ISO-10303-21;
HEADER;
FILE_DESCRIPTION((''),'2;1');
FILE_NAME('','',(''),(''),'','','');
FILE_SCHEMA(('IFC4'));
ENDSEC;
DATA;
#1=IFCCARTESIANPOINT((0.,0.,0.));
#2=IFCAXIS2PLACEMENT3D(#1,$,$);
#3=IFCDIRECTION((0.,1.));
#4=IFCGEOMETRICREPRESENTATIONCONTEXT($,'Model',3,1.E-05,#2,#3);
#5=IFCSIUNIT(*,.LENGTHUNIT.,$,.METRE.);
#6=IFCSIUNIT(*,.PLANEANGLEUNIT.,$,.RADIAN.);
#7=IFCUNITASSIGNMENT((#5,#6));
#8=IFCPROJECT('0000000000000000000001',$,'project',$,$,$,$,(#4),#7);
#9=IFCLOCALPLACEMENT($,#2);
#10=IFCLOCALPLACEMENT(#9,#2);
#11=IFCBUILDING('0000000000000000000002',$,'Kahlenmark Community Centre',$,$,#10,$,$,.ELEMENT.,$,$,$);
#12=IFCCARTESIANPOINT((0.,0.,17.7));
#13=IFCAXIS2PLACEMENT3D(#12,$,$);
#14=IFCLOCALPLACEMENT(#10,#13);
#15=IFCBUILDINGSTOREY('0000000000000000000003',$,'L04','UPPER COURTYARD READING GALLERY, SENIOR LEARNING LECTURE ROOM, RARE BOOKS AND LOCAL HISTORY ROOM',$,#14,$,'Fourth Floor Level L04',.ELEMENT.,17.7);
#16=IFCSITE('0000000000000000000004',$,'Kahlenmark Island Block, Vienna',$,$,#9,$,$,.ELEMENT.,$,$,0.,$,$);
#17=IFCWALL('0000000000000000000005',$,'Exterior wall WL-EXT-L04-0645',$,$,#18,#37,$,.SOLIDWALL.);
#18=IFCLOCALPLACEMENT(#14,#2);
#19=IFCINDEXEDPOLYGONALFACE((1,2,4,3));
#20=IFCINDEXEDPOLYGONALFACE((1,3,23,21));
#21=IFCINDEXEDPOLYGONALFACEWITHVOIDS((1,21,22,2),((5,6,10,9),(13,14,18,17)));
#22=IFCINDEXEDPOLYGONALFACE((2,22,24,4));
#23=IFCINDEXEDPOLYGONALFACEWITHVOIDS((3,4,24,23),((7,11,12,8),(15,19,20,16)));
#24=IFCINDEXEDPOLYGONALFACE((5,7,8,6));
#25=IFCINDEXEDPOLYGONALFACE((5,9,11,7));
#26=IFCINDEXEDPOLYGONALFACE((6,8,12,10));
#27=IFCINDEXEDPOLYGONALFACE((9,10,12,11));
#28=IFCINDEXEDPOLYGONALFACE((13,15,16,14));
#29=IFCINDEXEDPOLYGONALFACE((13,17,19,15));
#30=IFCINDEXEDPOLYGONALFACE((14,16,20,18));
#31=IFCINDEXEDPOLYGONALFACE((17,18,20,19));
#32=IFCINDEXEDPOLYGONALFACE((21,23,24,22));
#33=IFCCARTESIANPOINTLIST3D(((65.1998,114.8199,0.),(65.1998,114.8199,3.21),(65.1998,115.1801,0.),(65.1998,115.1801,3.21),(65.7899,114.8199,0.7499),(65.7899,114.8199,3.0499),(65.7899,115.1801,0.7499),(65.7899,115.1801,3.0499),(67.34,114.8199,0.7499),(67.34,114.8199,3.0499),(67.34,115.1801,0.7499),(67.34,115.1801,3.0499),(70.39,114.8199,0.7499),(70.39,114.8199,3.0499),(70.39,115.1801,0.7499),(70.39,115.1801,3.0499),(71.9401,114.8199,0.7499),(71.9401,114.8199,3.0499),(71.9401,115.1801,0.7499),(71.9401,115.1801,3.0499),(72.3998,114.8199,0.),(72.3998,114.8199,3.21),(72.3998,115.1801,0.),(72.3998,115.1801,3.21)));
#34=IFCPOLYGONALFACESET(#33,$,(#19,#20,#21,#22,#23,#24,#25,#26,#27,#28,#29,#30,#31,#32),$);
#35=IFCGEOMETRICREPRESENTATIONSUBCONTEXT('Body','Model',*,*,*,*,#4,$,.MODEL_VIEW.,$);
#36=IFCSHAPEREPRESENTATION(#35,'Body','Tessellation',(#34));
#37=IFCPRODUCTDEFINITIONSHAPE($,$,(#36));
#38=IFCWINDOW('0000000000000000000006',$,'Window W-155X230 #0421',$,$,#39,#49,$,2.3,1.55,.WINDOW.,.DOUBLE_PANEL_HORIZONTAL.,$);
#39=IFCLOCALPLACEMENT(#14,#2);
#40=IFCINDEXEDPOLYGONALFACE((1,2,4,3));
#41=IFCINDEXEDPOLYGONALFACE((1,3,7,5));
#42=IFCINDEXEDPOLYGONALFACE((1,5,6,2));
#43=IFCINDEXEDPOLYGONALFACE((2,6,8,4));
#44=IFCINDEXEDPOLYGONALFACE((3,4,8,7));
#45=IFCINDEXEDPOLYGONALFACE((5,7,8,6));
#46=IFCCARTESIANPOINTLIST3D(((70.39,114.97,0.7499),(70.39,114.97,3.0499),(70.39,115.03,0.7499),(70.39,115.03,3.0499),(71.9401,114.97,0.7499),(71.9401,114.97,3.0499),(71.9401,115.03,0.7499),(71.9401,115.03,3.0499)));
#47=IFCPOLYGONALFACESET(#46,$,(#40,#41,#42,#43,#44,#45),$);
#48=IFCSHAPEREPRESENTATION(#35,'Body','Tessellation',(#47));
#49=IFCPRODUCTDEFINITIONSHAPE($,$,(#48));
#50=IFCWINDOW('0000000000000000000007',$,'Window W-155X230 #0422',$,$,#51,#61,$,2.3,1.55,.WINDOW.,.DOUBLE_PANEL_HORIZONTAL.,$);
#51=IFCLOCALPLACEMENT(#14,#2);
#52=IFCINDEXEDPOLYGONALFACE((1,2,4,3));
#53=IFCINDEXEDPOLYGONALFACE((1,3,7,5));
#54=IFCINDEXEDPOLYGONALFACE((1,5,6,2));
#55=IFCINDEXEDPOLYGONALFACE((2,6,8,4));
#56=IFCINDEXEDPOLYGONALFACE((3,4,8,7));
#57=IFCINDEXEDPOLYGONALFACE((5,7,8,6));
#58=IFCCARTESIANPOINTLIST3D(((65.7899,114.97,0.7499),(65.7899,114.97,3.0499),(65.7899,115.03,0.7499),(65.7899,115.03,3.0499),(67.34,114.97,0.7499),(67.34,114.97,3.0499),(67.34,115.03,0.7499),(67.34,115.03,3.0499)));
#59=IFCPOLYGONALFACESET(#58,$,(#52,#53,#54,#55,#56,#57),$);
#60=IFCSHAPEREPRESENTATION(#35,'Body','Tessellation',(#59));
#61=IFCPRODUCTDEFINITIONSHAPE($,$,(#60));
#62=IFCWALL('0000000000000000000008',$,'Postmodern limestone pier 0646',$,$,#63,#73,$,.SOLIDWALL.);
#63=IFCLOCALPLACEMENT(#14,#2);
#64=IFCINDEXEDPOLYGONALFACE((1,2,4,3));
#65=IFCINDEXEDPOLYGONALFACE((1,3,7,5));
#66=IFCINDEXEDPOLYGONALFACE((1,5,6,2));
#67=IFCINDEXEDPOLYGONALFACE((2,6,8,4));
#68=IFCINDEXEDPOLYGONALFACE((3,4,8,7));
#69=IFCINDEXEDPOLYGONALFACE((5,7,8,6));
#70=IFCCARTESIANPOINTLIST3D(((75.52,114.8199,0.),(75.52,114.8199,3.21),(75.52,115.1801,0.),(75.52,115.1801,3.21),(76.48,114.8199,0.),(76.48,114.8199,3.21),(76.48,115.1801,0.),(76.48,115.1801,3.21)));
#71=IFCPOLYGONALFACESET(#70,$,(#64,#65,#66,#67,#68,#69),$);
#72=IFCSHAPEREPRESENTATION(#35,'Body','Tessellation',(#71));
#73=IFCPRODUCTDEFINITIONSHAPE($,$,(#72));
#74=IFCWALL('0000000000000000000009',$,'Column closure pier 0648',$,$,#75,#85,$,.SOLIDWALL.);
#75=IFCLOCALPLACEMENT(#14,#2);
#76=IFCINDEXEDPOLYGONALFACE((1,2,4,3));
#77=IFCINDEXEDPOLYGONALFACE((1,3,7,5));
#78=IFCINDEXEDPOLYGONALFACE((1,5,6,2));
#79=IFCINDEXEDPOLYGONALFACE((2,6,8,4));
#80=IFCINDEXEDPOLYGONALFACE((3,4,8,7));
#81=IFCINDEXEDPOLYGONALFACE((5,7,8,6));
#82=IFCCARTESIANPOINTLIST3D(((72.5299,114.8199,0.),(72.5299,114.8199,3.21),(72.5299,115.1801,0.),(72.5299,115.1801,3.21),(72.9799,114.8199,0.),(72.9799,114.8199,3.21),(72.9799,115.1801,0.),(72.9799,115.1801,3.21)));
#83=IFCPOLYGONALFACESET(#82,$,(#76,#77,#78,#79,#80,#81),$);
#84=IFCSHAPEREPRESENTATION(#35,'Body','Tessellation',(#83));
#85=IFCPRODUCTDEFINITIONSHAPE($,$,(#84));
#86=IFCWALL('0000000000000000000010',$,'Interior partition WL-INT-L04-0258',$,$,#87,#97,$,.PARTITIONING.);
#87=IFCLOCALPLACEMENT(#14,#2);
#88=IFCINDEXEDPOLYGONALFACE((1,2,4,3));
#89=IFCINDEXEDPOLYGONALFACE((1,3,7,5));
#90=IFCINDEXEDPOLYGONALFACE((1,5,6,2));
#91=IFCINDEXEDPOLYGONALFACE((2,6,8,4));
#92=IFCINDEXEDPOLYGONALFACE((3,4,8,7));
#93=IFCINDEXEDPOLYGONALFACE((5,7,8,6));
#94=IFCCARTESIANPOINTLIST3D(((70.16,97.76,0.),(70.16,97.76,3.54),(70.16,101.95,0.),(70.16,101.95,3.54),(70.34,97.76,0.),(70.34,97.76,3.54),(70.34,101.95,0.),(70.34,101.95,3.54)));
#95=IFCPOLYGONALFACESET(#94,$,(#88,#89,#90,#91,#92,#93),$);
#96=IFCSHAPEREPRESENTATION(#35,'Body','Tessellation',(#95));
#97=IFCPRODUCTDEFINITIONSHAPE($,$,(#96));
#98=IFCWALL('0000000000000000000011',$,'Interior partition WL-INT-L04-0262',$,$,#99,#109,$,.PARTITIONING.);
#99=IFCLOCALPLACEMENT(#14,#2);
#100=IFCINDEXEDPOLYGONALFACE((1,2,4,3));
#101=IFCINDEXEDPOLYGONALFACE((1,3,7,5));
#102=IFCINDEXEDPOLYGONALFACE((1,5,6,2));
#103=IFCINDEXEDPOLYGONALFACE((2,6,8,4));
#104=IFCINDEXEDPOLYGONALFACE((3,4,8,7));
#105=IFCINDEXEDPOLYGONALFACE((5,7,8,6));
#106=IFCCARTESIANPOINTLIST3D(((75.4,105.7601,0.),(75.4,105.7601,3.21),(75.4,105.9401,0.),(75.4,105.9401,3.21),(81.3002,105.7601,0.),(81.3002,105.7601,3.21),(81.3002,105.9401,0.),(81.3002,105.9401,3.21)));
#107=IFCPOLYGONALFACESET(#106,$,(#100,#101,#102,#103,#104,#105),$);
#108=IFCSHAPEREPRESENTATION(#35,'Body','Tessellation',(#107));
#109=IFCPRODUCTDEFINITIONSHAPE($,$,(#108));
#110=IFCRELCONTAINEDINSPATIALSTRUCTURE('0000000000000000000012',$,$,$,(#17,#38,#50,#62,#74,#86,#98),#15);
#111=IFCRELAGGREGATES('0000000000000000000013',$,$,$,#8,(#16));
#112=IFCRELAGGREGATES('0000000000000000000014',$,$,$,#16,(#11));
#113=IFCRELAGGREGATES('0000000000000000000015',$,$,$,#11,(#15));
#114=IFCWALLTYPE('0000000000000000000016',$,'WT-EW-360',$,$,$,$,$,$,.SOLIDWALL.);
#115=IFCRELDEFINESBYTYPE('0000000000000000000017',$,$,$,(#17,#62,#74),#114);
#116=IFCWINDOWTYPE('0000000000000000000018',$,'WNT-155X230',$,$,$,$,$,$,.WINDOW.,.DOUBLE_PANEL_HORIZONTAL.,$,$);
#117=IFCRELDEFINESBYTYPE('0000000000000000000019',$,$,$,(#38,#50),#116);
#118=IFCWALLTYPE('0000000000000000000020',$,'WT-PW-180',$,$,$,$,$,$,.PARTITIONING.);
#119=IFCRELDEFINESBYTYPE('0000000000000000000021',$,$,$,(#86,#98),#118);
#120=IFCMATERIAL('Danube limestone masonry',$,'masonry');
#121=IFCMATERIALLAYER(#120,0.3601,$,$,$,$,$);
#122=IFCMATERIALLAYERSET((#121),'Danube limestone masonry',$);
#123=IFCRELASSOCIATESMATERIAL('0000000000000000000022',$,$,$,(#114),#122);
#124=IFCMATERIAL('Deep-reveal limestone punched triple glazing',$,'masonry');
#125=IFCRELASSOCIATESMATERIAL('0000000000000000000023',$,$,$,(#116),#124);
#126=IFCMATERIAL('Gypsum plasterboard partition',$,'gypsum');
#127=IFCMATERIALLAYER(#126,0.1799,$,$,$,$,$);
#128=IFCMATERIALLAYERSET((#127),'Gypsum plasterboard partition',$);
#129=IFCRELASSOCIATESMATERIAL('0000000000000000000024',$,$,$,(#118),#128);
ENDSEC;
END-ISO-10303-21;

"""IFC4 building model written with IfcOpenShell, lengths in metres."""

from ifc_helpers import new_model, si_unit, direction, frame, frame_2d, origin, place, context, subcontext, project, spatial, rectangle, extrude, material, layer, layer_set, type_object, element, fill, save


model = new_model("IFC4")

# Units and contexts
model_context = context("Model", 3, precision=1e-05, world=origin(), true_north=direction((0.0, 1.0)))
body_context = subcontext(model_context, "Body", "Model", "MODEL_VIEW")
ifc_project = project(units=[si_unit("LENGTHUNIT", "METRE"), si_unit("PLANEANGLEUNIT", "RADIAN")], contexts=[model_context])

# Site, building, storey
site_placement = place(None, origin())
site = spatial("IfcSite", under=ifc_project, at=site_placement, Name="Kahlenmark Island Block, Vienna", CompositionType="ELEMENT", RefElevation=0.0)
building_placement = place(site_placement, origin())
building = spatial("IfcBuilding", under=site, at=building_placement, Name="Kahlenmark Community Centre", CompositionType="ELEMENT")
storey_placement = place(building_placement, frame((0.0, 0.0, 17.7)))
storey = spatial("IfcBuildingStorey", under=building, at=storey_placement, Name="L04", Description="UPPER COURTYARD READING GALLERY, SENIOR LEARNING LECTURE ROOM, RARE BOOKS AND LOCAL HISTORY ROOM", LongName="Fourth Floor Level L04", CompositionType="ELEMENT", Elevation=17.7)

# Wall, openings, windows
ifc_material_1 = material(Name="Danube limestone masonry", Category="masonry")
ifc_layer_1 = layer(ifc_material_1, 0.3601)
ifc_layer_set_1 = layer_set([ifc_layer_1], Name="Danube limestone masonry")
wall_type_1 = type_object("IfcWallType", Name="WT-EW-360", PredefinedType="SOLIDWALL", material=ifc_layer_set_1)
wall_1_placement = place(storey_placement, frame((72.3999, 115.0, 0.0), z_axis=(0.0, 0.0, 1.0), x_axis=(-1.0, 0.0, 0.0)))
wall_1 = element("IfcWall", 1, at=wall_1_placement, inside=storey, type_object=wall_type_1, Name="Exterior wall WL-EXT-L04-0645", PredefinedType="SOLIDWALL", context=body_context, shape_type="SweptSolid", body=[
    extrude(rectangle(XDim=7.2, YDim=0.3601, at=frame_2d((3.6001, 0.0))), origin(), (0.0, 0.0, 1.0), 3.21),
])
opening_1_placement = place(wall_1_placement, frame((0.46, 0.0, 0.75)))
opening_1 = element("IfcOpeningElement", 2, at=opening_1_placement, cuts=wall_1, PredefinedType="OPENING", context=body_context, shape_type="SweptSolid", body=[
    extrude(rectangle(XDim=1.55, YDim=2.3, at=frame_2d((0.7749, 1.1499))), frame((0.0, 0.1899, 0.0), z_axis=(0.0, -1.0, 0.0), x_axis=(1.0, 0.0, 0.0)), (0.0, 0.0, 1.0), 0.3801),
])
opening_2_placement = place(wall_1_placement, frame((5.0601, 0.0, 0.75)))
opening_2 = element("IfcOpeningElement", 3, at=opening_2_placement, cuts=wall_1, PredefinedType="OPENING", context=body_context, shape_type="SweptSolid", body=[
    extrude(rectangle(XDim=1.55, YDim=2.3, at=frame_2d((0.7749, 1.1499))), frame((0.0, 0.1899, 0.0), z_axis=(0.0, -1.0, 0.0), x_axis=(1.0, 0.0, 0.0)), (0.0, 0.0, 1.0), 0.3801),
])
ifc_material_2 = material(Name="Deep-reveal limestone punched triple glazing", Category="masonry")
window_type = type_object("IfcWindowType", Name="WNT-155X230", PartitioningType="DOUBLE_PANEL_HORIZONTAL", PredefinedType="WINDOW", material=ifc_material_2)
window_1_placement = place(opening_1_placement, origin())
window_1 = element("IfcWindow", 4, at=window_1_placement, inside=storey, type_object=window_type, Name="Window W-155X230 #0421", OverallHeight=2.3, OverallWidth=1.55, PartitioningType="DOUBLE_PANEL_HORIZONTAL", PredefinedType="WINDOW", context=body_context, shape_type="SweptSolid", body=[
    extrude(rectangle(XDim=1.55, YDim=2.3, at=frame_2d((0.7749, 1.1499))), frame((0.0, 0.03, 0.0), z_axis=(0.0, -1.0, 0.0), x_axis=(1.0, 0.0, 0.0)), (0.0, 0.0, 1.0), 0.0601),
])
fill(opening_1, window_1)
window_2_placement = place(opening_2_placement, origin())
window_2 = element("IfcWindow", 5, at=window_2_placement, inside=storey, type_object=window_type, Name="Window W-155X230 #0422", OverallHeight=2.3, OverallWidth=1.55, PartitioningType="DOUBLE_PANEL_HORIZONTAL", PredefinedType="WINDOW", context=body_context, shape_type="SweptSolid", body=[
    extrude(rectangle(XDim=1.55, YDim=2.3, at=frame_2d((0.7749, 1.1499))), frame((0.0, 0.03, 0.0), z_axis=(0.0, -1.0, 0.0), x_axis=(1.0, 0.0, 0.0)), (0.0, 0.0, 1.0), 0.0601),
])
fill(opening_2, window_2)

# Walls
wall_2_placement = place(storey_placement, frame((76.48, 115.0, 0.0), z_axis=(0.0, 0.0, 1.0), x_axis=(-1.0, 0.0, 0.0)))
element("IfcWall", 6, at=wall_2_placement, inside=storey, type_object=wall_type_1, Name="Postmodern limestone pier 0646", PredefinedType="SOLIDWALL", context=body_context, shape_type="SweptSolid", body=[
    extrude(rectangle(XDim=0.96, YDim=0.3601, at=frame_2d((0.48, 0.0))), origin(), (0.0, 0.0, 1.0), 3.21),
])
wall_3_placement = place(storey_placement, frame((72.98, 115.0, 0.0), z_axis=(0.0, 0.0, 1.0), x_axis=(-1.0, 0.0, 0.0)))
element("IfcWall", 7, at=wall_3_placement, inside=storey, type_object=wall_type_1, Name="Column closure pier 0648", PredefinedType="SOLIDWALL", context=body_context, shape_type="SweptSolid", body=[
    extrude(rectangle(XDim=0.45, YDim=0.3601, at=frame_2d((0.2251, 0.0))), origin(), (0.0, 0.0, 1.0), 3.21),
])
ifc_material_3 = material(Name="Gypsum plasterboard partition", Category="gypsum")
ifc_layer_2 = layer(ifc_material_3, 0.1799)
ifc_layer_set_2 = layer_set([ifc_layer_2], Name="Gypsum plasterboard partition")
wall_type_2 = type_object("IfcWallType", Name="WT-PW-180", PredefinedType="PARTITIONING", material=ifc_layer_set_2)
wall_4_placement = place(storey_placement, frame((70.25, 97.76, 0.0), z_axis=(0.0, 0.0, 1.0), x_axis=(0.0, 1.0, 0.0)))
element("IfcWall", 8, at=wall_4_placement, inside=storey, type_object=wall_type_2, Name="Interior partition WL-INT-L04-0258", PredefinedType="PARTITIONING", context=body_context, shape_type="SweptSolid", body=[
    extrude(rectangle(XDim=4.1899, YDim=0.1799, at=frame_2d((2.095, 0.0))), origin(), (0.0, 0.0, 1.0), 3.54),
])
wall_5_placement = place(storey_placement, frame((75.3999, 105.8501, 0.0), z_axis=(0.0, 0.0, 1.0), x_axis=(1.0, 0.0, 0.0)))
element("IfcWall", 9, at=wall_5_placement, inside=storey, type_object=wall_type_2, Name="Interior partition WL-INT-L04-0262", PredefinedType="PARTITIONING", context=body_context, shape_type="SweptSolid", body=[
    extrude(rectangle(XDim=5.9001, YDim=0.1799, at=frame_2d((2.9502, 0.0))), origin(), (0.0, 0.0, 1.0), 3.21),
])

save(model, "model.ifc")
